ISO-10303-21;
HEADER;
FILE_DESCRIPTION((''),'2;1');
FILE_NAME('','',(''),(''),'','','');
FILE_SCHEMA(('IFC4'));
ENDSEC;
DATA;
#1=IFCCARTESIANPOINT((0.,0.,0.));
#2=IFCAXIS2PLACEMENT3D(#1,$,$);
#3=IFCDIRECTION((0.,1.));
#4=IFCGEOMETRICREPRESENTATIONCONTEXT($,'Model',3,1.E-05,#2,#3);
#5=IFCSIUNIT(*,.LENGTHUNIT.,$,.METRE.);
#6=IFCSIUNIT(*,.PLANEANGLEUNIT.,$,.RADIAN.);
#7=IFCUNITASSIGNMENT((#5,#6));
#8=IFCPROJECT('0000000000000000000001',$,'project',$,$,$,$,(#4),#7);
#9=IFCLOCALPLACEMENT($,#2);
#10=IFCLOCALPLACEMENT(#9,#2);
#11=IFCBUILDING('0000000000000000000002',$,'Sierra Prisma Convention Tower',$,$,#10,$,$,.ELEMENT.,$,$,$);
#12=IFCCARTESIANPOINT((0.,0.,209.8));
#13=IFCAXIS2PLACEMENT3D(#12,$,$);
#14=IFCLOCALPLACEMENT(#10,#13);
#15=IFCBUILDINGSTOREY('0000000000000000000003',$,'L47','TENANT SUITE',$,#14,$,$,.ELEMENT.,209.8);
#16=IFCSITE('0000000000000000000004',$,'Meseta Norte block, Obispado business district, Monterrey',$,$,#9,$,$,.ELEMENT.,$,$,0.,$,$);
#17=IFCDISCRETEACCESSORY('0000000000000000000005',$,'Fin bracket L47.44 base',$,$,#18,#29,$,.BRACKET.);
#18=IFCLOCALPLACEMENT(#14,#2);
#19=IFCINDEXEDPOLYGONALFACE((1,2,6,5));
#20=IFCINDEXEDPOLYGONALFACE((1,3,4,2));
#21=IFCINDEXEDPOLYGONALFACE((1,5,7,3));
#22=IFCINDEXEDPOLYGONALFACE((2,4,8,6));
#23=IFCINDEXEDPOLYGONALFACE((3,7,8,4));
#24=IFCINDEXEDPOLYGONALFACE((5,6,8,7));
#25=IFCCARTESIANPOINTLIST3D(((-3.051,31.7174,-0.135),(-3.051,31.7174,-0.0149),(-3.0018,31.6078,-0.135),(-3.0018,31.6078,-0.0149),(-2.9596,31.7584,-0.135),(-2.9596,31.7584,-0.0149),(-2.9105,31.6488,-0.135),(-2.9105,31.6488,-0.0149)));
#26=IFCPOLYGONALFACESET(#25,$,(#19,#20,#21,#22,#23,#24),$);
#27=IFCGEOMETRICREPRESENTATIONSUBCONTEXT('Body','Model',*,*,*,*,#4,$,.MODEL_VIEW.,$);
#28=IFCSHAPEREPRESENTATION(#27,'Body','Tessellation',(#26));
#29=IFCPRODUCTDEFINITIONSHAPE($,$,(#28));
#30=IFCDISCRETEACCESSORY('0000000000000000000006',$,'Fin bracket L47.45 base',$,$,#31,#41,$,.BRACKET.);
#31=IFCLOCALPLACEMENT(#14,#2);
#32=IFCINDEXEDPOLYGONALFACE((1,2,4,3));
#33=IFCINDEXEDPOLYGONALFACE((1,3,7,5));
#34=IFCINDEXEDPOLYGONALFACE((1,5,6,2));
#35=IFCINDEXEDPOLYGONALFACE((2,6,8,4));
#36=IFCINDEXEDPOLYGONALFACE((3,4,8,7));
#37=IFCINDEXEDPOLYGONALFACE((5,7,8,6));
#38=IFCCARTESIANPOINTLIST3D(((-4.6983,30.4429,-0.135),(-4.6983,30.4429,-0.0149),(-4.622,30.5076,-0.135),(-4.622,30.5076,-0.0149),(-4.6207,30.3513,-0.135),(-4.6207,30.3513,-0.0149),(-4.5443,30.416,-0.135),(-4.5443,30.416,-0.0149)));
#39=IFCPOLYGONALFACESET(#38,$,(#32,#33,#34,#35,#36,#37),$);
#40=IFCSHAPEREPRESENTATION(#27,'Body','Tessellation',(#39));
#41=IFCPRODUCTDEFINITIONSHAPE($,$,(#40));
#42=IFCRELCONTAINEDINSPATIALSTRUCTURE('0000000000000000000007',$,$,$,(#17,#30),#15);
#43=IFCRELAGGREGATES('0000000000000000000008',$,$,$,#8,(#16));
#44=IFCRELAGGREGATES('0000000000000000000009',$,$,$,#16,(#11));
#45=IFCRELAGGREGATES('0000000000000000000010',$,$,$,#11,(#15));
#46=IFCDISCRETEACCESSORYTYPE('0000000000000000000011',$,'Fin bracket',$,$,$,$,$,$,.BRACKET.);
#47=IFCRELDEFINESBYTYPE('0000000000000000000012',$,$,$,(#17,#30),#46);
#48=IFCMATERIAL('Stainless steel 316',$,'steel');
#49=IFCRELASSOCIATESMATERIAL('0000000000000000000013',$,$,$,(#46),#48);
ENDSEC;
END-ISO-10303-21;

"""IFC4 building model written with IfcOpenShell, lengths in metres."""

from ifc_helpers import new_model, si_unit, direction, frame, origin, origin_2d, place, context, subcontext, project, spatial, rectangle, extrude, material, type_object, element, save


model = new_model("IFC4")

# Units and contexts
model_context = context("Model", 3, precision=1e-05, world=origin(), true_north=direction((0.0, 1.0)))
body_context = subcontext(model_context, "Body", "Model", "MODEL_VIEW")
ifc_project = project(units=[si_unit("LENGTHUNIT", "METRE"), si_unit("PLANEANGLEUNIT", "RADIAN")], contexts=[model_context])

# Site, building, storey
site_placement = place(None, origin())
site = spatial("IfcSite", under=ifc_project, at=site_placement, Name="Meseta Norte block, Obispado business district, Monterrey", CompositionType="ELEMENT", RefElevation=0.0)
building_placement = place(site_placement, origin())
building = spatial("IfcBuilding", under=site, at=building_placement, Name="Sierra Prisma Convention Tower", CompositionType="ELEMENT")
storey_placement = place(building_placement, frame((0.0, 0.0, 209.8)))
storey = spatial("IfcBuildingStorey", under=building, at=storey_placement, Name="L47", Description="TENANT SUITE", CompositionType="ELEMENT", Elevation=209.8)

# Discrete accessories
ifc_material_1 = material(Name="Stainless steel 316", Category="steel")
discrete_accessory_type = type_object("IfcDiscreteAccessoryType", Name="Fin bracket", PredefinedType="BRACKET", material=ifc_material_1)
for number, where, z_axis, x_axis, name in (
    (1, (-2.9807, 31.6831, -0.135), (0.0, 0.0, 1.0), (-0.40929, 0.912404, 0.0), "Fin bracket L47.44 base"),
    (2, (-4.6213, 30.4294, -0.135), (0.0, 0.0, 1.0), (-0.646352, 0.76304, 0.0), "Fin bracket L47.45 base"),
):
    element("IfcDiscreteAccessory", number, at=place(storey_placement, frame(where, z_axis=z_axis, x_axis=x_axis)), inside=storey, type_object=discrete_accessory_type, Name=name, PredefinedType="BRACKET", context=body_context, shape_type="SweptSolid", body=[
        extrude(rectangle(XDim=0.1201, YDim=0.1001, at=origin_2d()), origin(), (0.0, 0.0, 1.0), 0.1201),
    ])

save(model, "model.ifc")
